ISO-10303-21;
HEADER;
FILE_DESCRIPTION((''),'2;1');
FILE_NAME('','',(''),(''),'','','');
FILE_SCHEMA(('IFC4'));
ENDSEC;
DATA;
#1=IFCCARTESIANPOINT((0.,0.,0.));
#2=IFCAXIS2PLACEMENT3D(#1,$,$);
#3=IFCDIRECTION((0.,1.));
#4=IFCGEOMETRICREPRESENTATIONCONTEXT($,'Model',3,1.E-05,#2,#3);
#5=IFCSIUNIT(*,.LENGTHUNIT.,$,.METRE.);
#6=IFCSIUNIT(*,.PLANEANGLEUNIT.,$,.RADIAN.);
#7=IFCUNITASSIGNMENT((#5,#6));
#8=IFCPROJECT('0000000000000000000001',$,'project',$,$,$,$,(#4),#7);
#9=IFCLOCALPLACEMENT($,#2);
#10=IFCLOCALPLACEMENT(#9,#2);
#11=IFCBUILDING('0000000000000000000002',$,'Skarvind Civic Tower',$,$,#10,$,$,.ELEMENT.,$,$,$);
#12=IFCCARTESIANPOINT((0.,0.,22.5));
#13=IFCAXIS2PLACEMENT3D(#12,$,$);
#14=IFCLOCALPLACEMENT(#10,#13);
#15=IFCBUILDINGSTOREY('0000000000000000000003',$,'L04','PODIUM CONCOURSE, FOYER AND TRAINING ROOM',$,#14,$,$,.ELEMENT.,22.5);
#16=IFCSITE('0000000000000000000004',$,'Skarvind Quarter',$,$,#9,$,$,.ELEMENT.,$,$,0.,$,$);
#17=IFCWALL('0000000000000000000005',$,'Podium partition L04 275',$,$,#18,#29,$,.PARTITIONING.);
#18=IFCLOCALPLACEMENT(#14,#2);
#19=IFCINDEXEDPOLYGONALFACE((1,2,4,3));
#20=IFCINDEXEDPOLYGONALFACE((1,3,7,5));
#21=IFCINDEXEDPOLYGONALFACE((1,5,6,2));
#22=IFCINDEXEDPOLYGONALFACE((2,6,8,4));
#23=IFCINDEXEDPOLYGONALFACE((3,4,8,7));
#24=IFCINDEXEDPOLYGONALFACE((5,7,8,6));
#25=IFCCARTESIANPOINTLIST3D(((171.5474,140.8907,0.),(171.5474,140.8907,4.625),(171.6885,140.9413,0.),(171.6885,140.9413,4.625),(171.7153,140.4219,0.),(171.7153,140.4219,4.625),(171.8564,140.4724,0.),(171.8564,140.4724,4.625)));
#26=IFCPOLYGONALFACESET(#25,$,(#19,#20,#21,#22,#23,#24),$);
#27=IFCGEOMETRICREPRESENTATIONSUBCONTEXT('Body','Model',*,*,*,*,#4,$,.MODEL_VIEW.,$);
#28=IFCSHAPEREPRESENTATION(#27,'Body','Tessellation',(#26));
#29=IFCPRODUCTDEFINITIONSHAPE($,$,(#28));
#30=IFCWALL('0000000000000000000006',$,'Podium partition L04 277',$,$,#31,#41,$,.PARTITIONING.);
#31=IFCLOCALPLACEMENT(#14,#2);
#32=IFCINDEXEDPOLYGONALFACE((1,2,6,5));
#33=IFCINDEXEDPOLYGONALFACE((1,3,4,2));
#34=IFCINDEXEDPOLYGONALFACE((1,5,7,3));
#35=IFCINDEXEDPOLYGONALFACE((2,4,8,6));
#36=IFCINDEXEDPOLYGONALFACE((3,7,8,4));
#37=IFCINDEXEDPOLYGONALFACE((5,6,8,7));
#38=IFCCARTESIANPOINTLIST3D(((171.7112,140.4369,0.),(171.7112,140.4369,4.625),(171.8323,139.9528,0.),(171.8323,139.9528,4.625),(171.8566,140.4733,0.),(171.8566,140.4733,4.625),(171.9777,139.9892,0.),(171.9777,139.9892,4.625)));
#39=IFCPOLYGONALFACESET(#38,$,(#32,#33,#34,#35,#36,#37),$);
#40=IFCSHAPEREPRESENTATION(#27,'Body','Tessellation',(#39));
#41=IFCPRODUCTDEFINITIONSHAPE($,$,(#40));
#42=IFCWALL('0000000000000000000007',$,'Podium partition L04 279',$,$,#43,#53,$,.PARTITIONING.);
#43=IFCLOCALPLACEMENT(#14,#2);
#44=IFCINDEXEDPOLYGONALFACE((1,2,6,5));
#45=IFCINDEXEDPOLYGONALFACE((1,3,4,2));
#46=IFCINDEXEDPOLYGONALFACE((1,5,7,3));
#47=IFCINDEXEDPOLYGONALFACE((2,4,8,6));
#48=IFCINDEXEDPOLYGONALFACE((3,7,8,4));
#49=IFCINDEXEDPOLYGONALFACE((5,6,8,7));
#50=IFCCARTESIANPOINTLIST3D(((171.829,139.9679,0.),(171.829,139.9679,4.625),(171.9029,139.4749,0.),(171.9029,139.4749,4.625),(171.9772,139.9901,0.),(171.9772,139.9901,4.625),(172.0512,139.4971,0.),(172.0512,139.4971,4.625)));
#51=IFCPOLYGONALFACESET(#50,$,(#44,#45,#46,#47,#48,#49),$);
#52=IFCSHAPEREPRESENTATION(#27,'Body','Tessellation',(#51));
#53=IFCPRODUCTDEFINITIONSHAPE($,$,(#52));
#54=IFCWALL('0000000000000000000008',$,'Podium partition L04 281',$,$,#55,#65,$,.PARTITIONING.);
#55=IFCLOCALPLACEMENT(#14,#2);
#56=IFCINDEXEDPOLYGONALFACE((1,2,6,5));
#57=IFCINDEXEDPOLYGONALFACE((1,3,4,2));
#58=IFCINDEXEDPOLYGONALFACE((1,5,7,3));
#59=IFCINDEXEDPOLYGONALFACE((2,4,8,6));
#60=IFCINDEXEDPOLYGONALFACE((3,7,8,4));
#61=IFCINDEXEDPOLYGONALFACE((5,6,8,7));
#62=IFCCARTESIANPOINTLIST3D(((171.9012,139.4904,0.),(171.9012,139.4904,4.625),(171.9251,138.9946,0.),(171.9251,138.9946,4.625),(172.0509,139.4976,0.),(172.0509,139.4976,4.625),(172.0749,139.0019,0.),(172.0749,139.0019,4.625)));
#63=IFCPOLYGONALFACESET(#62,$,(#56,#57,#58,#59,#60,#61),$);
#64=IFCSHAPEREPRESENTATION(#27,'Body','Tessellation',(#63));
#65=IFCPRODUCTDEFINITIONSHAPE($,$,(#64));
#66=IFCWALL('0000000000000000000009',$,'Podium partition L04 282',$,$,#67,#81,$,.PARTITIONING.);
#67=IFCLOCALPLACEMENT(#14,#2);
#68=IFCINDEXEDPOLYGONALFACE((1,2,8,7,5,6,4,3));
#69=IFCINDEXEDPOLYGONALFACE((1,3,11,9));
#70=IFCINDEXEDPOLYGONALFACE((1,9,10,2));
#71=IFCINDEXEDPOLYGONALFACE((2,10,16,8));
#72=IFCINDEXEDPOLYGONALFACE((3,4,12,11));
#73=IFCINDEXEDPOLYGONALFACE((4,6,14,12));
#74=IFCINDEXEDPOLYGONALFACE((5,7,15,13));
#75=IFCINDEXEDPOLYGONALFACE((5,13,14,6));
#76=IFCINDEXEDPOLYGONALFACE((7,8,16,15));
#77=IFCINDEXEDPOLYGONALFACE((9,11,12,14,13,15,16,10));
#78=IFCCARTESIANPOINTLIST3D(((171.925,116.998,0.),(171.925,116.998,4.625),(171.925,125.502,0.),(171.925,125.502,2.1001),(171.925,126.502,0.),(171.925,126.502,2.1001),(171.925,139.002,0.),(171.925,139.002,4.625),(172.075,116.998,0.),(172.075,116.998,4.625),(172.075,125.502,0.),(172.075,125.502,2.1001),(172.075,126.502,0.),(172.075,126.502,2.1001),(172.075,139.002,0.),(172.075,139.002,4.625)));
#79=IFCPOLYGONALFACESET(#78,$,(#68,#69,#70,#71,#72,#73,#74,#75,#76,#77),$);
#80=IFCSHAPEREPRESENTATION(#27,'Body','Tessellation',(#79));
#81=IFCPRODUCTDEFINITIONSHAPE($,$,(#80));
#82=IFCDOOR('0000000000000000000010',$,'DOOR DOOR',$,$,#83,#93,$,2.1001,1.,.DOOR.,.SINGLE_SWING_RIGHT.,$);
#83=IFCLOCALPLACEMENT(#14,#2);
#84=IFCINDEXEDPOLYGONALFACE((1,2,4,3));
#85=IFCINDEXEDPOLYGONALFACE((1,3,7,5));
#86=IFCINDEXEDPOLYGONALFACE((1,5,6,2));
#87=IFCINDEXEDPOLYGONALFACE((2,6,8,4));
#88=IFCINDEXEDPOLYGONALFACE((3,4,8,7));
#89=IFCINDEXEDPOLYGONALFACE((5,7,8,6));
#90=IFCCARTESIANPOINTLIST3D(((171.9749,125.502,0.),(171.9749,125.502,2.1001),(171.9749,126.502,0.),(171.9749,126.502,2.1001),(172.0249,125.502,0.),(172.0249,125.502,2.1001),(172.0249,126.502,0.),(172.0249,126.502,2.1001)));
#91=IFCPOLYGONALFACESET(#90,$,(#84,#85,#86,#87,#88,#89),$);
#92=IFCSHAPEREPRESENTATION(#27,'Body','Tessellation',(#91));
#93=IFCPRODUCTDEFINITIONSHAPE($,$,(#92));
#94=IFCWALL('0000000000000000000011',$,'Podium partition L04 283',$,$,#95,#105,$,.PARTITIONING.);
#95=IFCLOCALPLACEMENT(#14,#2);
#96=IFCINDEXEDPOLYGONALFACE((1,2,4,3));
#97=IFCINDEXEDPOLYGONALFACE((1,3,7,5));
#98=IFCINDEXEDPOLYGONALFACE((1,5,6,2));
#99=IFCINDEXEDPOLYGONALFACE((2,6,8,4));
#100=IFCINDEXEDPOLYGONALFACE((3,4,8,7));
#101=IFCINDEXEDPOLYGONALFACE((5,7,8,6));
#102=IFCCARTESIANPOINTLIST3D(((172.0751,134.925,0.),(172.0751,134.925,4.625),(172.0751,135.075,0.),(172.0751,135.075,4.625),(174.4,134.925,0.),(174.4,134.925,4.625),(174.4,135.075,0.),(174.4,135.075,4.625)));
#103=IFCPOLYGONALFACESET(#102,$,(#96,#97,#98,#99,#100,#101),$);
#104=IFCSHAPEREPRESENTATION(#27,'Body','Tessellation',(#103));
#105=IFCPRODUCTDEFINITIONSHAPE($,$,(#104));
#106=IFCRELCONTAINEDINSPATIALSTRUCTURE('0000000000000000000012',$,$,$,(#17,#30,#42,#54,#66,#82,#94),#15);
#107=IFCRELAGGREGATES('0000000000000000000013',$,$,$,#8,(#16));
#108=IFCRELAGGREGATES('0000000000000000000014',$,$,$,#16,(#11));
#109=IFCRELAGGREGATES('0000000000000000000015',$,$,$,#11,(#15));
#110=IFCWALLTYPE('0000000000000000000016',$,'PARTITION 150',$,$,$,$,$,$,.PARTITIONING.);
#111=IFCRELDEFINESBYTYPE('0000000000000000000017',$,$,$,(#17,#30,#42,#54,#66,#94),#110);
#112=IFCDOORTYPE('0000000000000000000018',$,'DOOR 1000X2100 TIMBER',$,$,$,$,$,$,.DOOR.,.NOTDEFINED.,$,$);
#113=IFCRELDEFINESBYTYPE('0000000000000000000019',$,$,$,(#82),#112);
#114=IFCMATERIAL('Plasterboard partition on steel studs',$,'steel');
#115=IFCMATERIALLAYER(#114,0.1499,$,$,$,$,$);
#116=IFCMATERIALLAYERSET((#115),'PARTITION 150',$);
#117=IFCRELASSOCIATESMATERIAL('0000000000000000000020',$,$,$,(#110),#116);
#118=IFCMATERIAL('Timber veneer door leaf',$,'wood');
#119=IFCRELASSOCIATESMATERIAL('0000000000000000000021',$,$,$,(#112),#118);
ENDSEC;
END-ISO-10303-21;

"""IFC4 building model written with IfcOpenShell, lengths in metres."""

from ifc_helpers import new_model, si_unit, direction, frame, frame_2d, origin, place, context, subcontext, project, spatial, rectangle, extrude, material, layer, layer_set, type_object, element, fill, save


model = new_model("IFC4")

# Units and contexts
model_context = context("Model", 3, precision=1e-05, world=origin(), true_north=direction((0.0, 1.0)))
body_context = subcontext(model_context, "Body", "Model", "MODEL_VIEW")
ifc_project = project(units=[si_unit("LENGTHUNIT", "METRE"), si_unit("PLANEANGLEUNIT", "RADIAN")], contexts=[model_context])

# Site, building, storey
site_placement = place(None, origin())
site = spatial("IfcSite", under=ifc_project, at=site_placement, Name="Skarvind Quarter", CompositionType="ELEMENT", RefElevation=0.0)
building_placement = place(site_placement, origin())
building = spatial("IfcBuilding", under=site, at=building_placement, Name="Skarvind Civic Tower", CompositionType="ELEMENT")
storey_placement = place(building_placement, frame((0.0, 0.0, 22.5)))
storey = spatial("IfcBuildingStorey", under=building, at=storey_placement, Name="L04", Description="PODIUM CONCOURSE, FOYER AND TRAINING ROOM", CompositionType="ELEMENT", Elevation=22.5)

# Walls
ifc_material_1 = material(Name="Plasterboard partition on steel studs", Category="steel")
ifc_layer_1 = layer(ifc_material_1, 0.1499)
ifc_layer_set_1 = layer_set([ifc_layer_1], Name="PARTITION 150")
wall_type_1 = type_object("IfcWallType", Name="PARTITION 150", PredefinedType="PARTITIONING", material=ifc_layer_set_1)
for number, where, z_axis, x_axis, name in (
    (1, (171.6179, 140.916, 0.0), (0.0, 0.0, 1.0), (0.337174, -0.941442, 0.0), "Podium partition L04 275"),
):
    element("IfcWall", number, at=place(storey_placement, frame(where, z_axis=z_axis, x_axis=x_axis)), inside=storey, type_object=wall_type_1, Name=name, PredefinedType="PARTITIONING", context=body_context, shape_type="SweptSolid", body=[
        extrude(rectangle(XDim=0.498, YDim=0.1499, at=frame_2d((0.249, 0.0))), origin(), (0.0, 0.0, 1.0), 4.625),
    ])
wall_1_placement = place(storey_placement, frame((171.7839, 140.4551, 0.0), z_axis=(0.0, 0.0, 1.0), x_axis=(0.242651, -0.970114, 0.0)))
element("IfcWall", 2, at=wall_1_placement, inside=storey, type_object=wall_type_1, Name="Podium partition L04 277", PredefinedType="PARTITIONING", context=body_context, shape_type="SweptSolid", body=[
    extrude(rectangle(XDim=0.499, YDim=0.1499, at=frame_2d((0.2495, 0.0))), origin(), (0.0, 0.0, 1.0), 4.625),
])
wall_2_placement = place(storey_placement, frame((171.9031, 139.979, 0.0), z_axis=(0.0, 0.0, 1.0), x_axis=(0.148412, -0.988926, 0.0)))
element("IfcWall", 3, at=wall_2_placement, inside=storey, type_object=wall_type_1, Name="Podium partition L04 279", PredefinedType="PARTITIONING", context=body_context, shape_type="SweptSolid", body=[
    extrude(rectangle(XDim=0.4985, YDim=0.1499, at=frame_2d((0.2493, 0.0))), origin(), (0.0, 0.0, 1.0), 4.625),
])
wall_3_placement = place(storey_placement, frame((171.9761, 139.4939, 0.0), z_axis=(0.0, 0.0, 1.0), x_axis=(0.048196, -0.998838, 0.0)))
element("IfcWall", 4, at=wall_3_placement, inside=storey, type_object=wall_type_1, Name="Podium partition L04 281", PredefinedType="PARTITIONING", context=body_context, shape_type="SweptSolid", body=[
    extrude(rectangle(XDim=0.4963, YDim=0.1499, at=frame_2d((0.248, 0.0))), origin(), (0.0, 0.0, 1.0), 4.625),
])

# Wall, opening, door
wall_4_placement = place(storey_placement, frame((172.0, 139.002, 0.0), z_axis=(0.0, 0.0, 1.0), x_axis=(0.0, -1.0, 0.0)))
wall_4 = element("IfcWall", 5, at=wall_4_placement, inside=storey, type_object=wall_type_1, Name="Podium partition L04 282", PredefinedType="PARTITIONING", context=body_context, shape_type="SweptSolid", body=[
    extrude(rectangle(XDim=22.0039, YDim=0.1499, at=frame_2d((11.002, 0.0))), origin(), (0.0, 0.0, 1.0), 4.625),
])
opening_1_placement = place(wall_4_placement, frame((12.5, 0.0, 0.0)))
opening_1 = element("IfcOpeningElement", 6, at=opening_1_placement, cuts=wall_4, PredefinedType="OPENING", context=body_context, shape_type="SweptSolid", body=[
    extrude(rectangle(XDim=1.0, YDim=2.1001, at=frame_2d((0.5, 1.05))), frame((0.0, 0.085, 0.0), z_axis=(0.0, -1.0, 0.0), x_axis=(1.0, 0.0, 0.0)), (0.0, 0.0, 1.0), 0.1699),
])
ifc_material_2 = material(Name="Timber veneer door leaf", Category="wood")
door_type_1 = type_object("IfcDoorType", Name="DOOR 1000X2100 TIMBER", OperationType="NOTDEFINED", PredefinedType="DOOR", material=ifc_material_2)
door_1_placement = place(opening_1_placement, origin())
door_1 = element("IfcDoor", 7, at=door_1_placement, inside=storey, type_object=door_type_1, Name="DOOR DOOR", OperationType="SINGLE_SWING_RIGHT", OverallHeight=2.1001, OverallWidth=1.0, PredefinedType="DOOR", context=body_context, shape_type="SweptSolid", body=[
    extrude(rectangle(XDim=1.0, YDim=2.1001, at=frame_2d((0.5, 1.05))), frame((0.0, 0.0249, 0.0), z_axis=(0.0, -1.0, 0.0), x_axis=(1.0, 0.0, 0.0)), (0.0, 0.0, 1.0), 0.05),
])
fill(opening_1, door_1)

# Wall
wall_5_placement = place(storey_placement, frame((172.075, 135.0, 0.0), z_axis=(0.0, 0.0, 1.0), x_axis=(1.0, 0.0, 0.0)))
element("IfcWall", 8, at=wall_5_placement, inside=storey, type_object=wall_type_1, Name="Podium partition L04 283", PredefinedType="PARTITIONING", context=body_context, shape_type="SweptSolid", body=[
    extrude(rectangle(XDim=2.325, YDim=0.1499, at=frame_2d((1.1626, 0.0))), origin(), (0.0, 0.0, 1.0), 4.625),
])

save(model, "model.ifc")
